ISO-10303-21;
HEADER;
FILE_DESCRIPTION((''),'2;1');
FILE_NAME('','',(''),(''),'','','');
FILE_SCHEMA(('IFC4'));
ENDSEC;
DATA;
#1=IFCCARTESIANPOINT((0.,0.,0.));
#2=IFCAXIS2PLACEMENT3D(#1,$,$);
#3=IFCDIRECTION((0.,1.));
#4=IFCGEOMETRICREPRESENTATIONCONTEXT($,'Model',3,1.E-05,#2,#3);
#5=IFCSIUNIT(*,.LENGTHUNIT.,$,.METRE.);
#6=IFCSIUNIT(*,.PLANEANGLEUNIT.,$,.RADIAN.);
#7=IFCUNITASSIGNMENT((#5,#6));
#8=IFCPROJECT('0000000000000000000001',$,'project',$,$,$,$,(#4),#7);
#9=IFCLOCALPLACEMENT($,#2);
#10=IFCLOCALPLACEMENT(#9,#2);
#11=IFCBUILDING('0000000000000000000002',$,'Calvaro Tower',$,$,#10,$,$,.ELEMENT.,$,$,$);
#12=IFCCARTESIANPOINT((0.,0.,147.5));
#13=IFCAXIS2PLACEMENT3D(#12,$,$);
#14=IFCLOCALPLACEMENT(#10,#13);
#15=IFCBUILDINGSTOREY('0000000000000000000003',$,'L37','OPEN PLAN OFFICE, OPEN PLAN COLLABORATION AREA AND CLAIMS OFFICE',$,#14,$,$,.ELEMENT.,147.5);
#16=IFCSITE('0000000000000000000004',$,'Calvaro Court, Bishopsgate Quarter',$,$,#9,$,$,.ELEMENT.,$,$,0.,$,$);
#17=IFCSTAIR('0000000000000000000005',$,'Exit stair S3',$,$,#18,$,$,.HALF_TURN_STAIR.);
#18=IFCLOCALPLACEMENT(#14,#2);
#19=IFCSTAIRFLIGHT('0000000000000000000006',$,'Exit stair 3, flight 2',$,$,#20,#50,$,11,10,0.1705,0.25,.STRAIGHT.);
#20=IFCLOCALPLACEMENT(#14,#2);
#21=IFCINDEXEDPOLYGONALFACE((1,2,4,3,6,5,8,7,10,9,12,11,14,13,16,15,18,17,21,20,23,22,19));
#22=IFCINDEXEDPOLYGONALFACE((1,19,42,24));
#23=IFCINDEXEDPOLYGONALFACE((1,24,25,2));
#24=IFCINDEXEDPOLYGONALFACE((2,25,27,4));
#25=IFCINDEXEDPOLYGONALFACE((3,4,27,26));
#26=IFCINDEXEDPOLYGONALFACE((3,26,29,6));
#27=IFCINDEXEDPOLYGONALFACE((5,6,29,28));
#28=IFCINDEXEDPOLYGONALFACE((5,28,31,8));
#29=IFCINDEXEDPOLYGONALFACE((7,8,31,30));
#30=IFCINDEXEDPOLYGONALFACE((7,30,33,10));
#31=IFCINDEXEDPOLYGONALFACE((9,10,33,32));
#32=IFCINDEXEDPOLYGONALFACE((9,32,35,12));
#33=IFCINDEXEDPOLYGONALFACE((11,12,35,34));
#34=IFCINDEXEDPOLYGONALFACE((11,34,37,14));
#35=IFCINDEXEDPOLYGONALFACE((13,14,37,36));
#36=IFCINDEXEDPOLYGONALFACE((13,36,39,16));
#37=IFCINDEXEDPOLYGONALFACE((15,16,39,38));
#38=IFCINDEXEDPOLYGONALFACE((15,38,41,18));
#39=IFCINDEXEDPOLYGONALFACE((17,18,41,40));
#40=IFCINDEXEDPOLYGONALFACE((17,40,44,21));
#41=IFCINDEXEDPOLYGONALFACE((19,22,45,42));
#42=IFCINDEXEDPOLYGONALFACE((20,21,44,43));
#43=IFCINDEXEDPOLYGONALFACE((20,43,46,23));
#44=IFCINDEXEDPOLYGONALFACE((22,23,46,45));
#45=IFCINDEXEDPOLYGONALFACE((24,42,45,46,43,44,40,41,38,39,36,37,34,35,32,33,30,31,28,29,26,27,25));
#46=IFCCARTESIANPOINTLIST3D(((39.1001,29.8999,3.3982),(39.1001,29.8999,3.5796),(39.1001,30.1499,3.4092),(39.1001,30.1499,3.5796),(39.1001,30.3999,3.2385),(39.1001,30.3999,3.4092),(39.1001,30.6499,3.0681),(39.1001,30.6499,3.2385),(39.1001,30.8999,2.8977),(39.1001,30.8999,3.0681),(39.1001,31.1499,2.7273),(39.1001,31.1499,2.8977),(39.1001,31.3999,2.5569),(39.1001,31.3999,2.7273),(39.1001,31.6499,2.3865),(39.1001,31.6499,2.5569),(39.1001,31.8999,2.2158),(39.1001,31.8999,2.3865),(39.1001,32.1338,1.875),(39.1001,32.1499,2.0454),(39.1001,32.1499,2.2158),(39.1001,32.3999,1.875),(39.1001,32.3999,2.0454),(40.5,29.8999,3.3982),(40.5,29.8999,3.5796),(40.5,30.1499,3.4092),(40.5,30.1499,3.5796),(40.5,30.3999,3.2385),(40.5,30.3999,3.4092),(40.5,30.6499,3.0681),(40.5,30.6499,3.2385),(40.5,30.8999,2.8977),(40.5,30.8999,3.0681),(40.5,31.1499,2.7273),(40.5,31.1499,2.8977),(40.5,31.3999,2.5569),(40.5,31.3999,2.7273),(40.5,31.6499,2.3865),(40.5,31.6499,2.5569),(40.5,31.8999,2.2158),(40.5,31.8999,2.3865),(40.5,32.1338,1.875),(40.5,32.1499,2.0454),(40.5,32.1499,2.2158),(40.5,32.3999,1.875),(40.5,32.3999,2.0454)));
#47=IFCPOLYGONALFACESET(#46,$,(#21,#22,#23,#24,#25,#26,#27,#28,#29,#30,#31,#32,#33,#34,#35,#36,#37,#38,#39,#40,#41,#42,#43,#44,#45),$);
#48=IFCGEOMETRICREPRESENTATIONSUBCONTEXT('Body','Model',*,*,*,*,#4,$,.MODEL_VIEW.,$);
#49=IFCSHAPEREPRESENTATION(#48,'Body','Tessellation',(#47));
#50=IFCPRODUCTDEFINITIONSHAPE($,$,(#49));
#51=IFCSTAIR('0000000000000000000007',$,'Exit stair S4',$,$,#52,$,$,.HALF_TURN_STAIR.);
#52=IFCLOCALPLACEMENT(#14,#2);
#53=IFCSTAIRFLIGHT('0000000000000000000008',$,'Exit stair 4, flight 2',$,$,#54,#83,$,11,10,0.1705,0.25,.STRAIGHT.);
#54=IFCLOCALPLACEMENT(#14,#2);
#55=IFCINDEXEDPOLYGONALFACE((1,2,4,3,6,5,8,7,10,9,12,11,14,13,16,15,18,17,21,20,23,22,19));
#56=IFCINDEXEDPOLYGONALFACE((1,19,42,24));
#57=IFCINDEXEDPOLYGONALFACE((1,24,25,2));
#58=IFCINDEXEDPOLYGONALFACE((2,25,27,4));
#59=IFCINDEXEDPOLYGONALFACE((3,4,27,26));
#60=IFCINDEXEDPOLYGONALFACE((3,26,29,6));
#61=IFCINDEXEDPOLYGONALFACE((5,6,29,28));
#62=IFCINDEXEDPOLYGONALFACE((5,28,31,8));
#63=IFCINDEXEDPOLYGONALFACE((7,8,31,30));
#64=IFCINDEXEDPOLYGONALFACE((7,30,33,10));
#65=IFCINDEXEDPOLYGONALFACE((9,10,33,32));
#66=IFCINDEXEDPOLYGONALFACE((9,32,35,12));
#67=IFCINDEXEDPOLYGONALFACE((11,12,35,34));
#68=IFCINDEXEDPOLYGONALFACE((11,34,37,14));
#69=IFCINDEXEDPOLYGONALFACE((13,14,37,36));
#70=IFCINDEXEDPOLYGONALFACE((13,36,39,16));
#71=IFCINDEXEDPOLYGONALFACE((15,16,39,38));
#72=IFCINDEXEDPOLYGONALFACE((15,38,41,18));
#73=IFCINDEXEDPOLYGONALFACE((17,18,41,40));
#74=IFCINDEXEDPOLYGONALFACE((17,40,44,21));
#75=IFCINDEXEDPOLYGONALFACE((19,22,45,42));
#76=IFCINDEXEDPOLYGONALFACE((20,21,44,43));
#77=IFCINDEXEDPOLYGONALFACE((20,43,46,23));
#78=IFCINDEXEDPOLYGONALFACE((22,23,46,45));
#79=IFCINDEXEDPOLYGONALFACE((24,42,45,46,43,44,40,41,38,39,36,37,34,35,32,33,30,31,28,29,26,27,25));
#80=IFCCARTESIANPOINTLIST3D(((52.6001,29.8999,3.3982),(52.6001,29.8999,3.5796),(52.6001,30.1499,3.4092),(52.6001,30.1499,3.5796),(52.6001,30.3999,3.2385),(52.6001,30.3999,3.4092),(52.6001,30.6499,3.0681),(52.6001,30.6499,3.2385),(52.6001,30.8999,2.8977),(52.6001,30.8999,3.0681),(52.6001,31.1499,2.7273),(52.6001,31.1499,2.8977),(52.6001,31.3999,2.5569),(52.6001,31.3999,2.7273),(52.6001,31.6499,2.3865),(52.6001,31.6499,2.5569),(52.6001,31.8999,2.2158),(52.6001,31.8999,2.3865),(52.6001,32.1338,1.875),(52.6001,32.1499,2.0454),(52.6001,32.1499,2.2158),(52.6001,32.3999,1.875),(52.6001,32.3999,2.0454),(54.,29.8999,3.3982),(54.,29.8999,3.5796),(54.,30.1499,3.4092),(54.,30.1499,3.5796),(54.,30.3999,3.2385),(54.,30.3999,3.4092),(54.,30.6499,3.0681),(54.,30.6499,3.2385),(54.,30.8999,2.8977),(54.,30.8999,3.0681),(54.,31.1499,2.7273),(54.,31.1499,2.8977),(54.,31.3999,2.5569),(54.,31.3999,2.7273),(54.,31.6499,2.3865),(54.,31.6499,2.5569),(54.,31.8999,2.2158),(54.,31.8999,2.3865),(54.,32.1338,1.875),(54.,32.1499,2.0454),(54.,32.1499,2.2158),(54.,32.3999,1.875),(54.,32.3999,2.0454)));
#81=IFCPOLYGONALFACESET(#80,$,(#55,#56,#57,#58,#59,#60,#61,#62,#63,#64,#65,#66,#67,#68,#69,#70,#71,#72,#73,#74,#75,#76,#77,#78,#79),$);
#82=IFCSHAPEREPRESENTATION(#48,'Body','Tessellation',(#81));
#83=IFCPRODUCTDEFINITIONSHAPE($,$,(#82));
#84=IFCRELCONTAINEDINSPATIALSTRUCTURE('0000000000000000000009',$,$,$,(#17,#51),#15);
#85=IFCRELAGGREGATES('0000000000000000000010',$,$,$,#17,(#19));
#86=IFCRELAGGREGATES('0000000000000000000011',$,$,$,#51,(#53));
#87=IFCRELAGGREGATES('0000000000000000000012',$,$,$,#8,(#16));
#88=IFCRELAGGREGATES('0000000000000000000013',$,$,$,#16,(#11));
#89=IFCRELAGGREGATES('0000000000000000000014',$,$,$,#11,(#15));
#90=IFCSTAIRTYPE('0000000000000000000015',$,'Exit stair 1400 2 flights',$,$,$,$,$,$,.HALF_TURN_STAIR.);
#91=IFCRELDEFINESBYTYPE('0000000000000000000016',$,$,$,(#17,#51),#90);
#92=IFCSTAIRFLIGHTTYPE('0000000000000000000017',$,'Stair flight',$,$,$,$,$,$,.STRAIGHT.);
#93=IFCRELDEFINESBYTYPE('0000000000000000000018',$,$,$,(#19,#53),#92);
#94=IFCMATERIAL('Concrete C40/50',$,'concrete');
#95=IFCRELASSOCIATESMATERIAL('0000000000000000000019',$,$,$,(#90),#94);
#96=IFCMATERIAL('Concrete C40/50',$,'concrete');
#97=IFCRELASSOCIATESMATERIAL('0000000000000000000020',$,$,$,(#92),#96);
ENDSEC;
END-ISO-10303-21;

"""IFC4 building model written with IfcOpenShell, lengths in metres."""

from ifc_helpers import new_model, si_unit, direction, frame, origin, place, context, subcontext, project, spatial, polyline, outline, extrude, material, type_object, element, aggregate, save


model = new_model("IFC4")

# Units and contexts
model_context = context("Model", 3, precision=1e-05, world=origin(), true_north=direction((0.0, 1.0)))
body_context = subcontext(model_context, "Body", "Model", "MODEL_VIEW")
ifc_project = project(units=[si_unit("LENGTHUNIT", "METRE"), si_unit("PLANEANGLEUNIT", "RADIAN")], contexts=[model_context])

# Site, building, storey
site_placement = place(None, origin())
site = spatial("IfcSite", under=ifc_project, at=site_placement, Name="Calvaro Court, Bishopsgate Quarter", CompositionType="ELEMENT", RefElevation=0.0)
building_placement = place(site_placement, origin())
building = spatial("IfcBuilding", under=site, at=building_placement, Name="Calvaro Tower", CompositionType="ELEMENT")
storey_placement = place(building_placement, frame((0.0, 0.0, 147.5)))
storey = spatial("IfcBuildingStorey", under=building, at=storey_placement, Name="L37", Description="OPEN PLAN OFFICE, OPEN PLAN COLLABORATION AREA AND CLAIMS OFFICE", CompositionType="ELEMENT", Elevation=147.5)

# Stairs, stair flights
ifc_material_1 = material(Name="Concrete C40/50", Category="concrete")
stair_type = type_object("IfcStairType", Name="Exit stair 1400 2 flights", PredefinedType="HALF_TURN_STAIR", material=ifc_material_1)
stair_1_placement = place(storey_placement, origin())
stair_1 = element("IfcStair", 1, at=stair_1_placement, inside=storey, type_object=stair_type, Name="Exit stair S3", PredefinedType="HALF_TURN_STAIR")
ifc_material_2 = material(Name="Concrete C40/50", Category="concrete")
stair_flight_type = type_object("IfcStairFlightType", Name="Stair flight", PredefinedType="STRAIGHT", material=ifc_material_2)
stair_flight_1_placement = place(storey_placement, frame((39.8, 32.3999, 1.875), z_axis=(0.0, 0.0, 1.0), x_axis=(0.0, -1.0, 0.0)))
stair_flight_1 = element("IfcStairFlight", 2, at=stair_flight_1_placement, type_object=stair_flight_type, Name="Exit stair 3, flight 2", NumberOfRisers=11, NumberOfTreads=10, PredefinedType="STRAIGHT", RiserHeight=0.1705, TreadLength=0.25, context=body_context, shape_type="SweptSolid", body=[
    extrude(outline(polyline([(0.0, 0.0), (0.0, 0.1704), (0.25, 0.1704), (0.25, 0.3408), (0.5, 0.3408), (0.5, 0.5115), (0.75, 0.5115), (0.75, 0.6819), (1.0, 0.6819), (1.0, 0.8523), (1.25, 0.8523), (1.25, 1.0227), (1.5, 1.0227), (1.5, 1.1931), (1.75, 1.1931), (1.75, 1.3635), (2.0, 1.3635), (2.0, 1.5342), (2.25, 1.5342), (2.25, 1.7046), (2.5, 1.7046), (2.5, 1.875), (2.5, 1.5232), (0.2661, 0.0), (0.0, 0.0)])), frame((0.0, 0.7, 0.0), z_axis=(0.0, -1.0, 0.0), x_axis=(1.0, 0.0, 0.0)), (0.0, 0.0, 1.0), 1.3999),
])
stair_2_placement = place(storey_placement, origin())
stair_2 = element("IfcStair", 3, at=stair_2_placement, inside=storey, type_object=stair_type, Name="Exit stair S4", PredefinedType="HALF_TURN_STAIR")
stair_flight_2_placement = place(storey_placement, frame((53.3, 32.3999, 1.875), z_axis=(0.0, 0.0, 1.0), x_axis=(0.0, -1.0, 0.0)))
stair_flight_2 = element("IfcStairFlight", 4, at=stair_flight_2_placement, type_object=stair_flight_type, Name="Exit stair 4, flight 2", NumberOfRisers=11, NumberOfTreads=10, PredefinedType="STRAIGHT", RiserHeight=0.1705, TreadLength=0.25, context=body_context, shape_type="SweptSolid", body=[
    extrude(outline(polyline([(0.0, 0.0), (0.0, 0.1704), (0.25, 0.1704), (0.25, 0.3408), (0.5, 0.3408), (0.5, 0.5115), (0.75, 0.5115), (0.75, 0.6819), (1.0, 0.6819), (1.0, 0.8523), (1.25, 0.8523), (1.25, 1.0227), (1.5, 1.0227), (1.5, 1.1931), (1.75, 1.1931), (1.75, 1.3635), (2.0, 1.3635), (2.0, 1.5342), (2.25, 1.5342), (2.25, 1.7046), (2.5, 1.7046), (2.5, 1.875), (2.5, 1.5232), (0.2661, 0.0), (0.0, 0.0)])), frame((0.0, 0.7, 0.0), z_axis=(0.0, -1.0, 0.0), x_axis=(1.0, 0.0, 0.0)), (0.0, 0.0, 1.0), 1.3999),
])

aggregate(stair_1, [stair_flight_1])
aggregate(stair_2, [stair_flight_2])

save(model, "model.ifc")
